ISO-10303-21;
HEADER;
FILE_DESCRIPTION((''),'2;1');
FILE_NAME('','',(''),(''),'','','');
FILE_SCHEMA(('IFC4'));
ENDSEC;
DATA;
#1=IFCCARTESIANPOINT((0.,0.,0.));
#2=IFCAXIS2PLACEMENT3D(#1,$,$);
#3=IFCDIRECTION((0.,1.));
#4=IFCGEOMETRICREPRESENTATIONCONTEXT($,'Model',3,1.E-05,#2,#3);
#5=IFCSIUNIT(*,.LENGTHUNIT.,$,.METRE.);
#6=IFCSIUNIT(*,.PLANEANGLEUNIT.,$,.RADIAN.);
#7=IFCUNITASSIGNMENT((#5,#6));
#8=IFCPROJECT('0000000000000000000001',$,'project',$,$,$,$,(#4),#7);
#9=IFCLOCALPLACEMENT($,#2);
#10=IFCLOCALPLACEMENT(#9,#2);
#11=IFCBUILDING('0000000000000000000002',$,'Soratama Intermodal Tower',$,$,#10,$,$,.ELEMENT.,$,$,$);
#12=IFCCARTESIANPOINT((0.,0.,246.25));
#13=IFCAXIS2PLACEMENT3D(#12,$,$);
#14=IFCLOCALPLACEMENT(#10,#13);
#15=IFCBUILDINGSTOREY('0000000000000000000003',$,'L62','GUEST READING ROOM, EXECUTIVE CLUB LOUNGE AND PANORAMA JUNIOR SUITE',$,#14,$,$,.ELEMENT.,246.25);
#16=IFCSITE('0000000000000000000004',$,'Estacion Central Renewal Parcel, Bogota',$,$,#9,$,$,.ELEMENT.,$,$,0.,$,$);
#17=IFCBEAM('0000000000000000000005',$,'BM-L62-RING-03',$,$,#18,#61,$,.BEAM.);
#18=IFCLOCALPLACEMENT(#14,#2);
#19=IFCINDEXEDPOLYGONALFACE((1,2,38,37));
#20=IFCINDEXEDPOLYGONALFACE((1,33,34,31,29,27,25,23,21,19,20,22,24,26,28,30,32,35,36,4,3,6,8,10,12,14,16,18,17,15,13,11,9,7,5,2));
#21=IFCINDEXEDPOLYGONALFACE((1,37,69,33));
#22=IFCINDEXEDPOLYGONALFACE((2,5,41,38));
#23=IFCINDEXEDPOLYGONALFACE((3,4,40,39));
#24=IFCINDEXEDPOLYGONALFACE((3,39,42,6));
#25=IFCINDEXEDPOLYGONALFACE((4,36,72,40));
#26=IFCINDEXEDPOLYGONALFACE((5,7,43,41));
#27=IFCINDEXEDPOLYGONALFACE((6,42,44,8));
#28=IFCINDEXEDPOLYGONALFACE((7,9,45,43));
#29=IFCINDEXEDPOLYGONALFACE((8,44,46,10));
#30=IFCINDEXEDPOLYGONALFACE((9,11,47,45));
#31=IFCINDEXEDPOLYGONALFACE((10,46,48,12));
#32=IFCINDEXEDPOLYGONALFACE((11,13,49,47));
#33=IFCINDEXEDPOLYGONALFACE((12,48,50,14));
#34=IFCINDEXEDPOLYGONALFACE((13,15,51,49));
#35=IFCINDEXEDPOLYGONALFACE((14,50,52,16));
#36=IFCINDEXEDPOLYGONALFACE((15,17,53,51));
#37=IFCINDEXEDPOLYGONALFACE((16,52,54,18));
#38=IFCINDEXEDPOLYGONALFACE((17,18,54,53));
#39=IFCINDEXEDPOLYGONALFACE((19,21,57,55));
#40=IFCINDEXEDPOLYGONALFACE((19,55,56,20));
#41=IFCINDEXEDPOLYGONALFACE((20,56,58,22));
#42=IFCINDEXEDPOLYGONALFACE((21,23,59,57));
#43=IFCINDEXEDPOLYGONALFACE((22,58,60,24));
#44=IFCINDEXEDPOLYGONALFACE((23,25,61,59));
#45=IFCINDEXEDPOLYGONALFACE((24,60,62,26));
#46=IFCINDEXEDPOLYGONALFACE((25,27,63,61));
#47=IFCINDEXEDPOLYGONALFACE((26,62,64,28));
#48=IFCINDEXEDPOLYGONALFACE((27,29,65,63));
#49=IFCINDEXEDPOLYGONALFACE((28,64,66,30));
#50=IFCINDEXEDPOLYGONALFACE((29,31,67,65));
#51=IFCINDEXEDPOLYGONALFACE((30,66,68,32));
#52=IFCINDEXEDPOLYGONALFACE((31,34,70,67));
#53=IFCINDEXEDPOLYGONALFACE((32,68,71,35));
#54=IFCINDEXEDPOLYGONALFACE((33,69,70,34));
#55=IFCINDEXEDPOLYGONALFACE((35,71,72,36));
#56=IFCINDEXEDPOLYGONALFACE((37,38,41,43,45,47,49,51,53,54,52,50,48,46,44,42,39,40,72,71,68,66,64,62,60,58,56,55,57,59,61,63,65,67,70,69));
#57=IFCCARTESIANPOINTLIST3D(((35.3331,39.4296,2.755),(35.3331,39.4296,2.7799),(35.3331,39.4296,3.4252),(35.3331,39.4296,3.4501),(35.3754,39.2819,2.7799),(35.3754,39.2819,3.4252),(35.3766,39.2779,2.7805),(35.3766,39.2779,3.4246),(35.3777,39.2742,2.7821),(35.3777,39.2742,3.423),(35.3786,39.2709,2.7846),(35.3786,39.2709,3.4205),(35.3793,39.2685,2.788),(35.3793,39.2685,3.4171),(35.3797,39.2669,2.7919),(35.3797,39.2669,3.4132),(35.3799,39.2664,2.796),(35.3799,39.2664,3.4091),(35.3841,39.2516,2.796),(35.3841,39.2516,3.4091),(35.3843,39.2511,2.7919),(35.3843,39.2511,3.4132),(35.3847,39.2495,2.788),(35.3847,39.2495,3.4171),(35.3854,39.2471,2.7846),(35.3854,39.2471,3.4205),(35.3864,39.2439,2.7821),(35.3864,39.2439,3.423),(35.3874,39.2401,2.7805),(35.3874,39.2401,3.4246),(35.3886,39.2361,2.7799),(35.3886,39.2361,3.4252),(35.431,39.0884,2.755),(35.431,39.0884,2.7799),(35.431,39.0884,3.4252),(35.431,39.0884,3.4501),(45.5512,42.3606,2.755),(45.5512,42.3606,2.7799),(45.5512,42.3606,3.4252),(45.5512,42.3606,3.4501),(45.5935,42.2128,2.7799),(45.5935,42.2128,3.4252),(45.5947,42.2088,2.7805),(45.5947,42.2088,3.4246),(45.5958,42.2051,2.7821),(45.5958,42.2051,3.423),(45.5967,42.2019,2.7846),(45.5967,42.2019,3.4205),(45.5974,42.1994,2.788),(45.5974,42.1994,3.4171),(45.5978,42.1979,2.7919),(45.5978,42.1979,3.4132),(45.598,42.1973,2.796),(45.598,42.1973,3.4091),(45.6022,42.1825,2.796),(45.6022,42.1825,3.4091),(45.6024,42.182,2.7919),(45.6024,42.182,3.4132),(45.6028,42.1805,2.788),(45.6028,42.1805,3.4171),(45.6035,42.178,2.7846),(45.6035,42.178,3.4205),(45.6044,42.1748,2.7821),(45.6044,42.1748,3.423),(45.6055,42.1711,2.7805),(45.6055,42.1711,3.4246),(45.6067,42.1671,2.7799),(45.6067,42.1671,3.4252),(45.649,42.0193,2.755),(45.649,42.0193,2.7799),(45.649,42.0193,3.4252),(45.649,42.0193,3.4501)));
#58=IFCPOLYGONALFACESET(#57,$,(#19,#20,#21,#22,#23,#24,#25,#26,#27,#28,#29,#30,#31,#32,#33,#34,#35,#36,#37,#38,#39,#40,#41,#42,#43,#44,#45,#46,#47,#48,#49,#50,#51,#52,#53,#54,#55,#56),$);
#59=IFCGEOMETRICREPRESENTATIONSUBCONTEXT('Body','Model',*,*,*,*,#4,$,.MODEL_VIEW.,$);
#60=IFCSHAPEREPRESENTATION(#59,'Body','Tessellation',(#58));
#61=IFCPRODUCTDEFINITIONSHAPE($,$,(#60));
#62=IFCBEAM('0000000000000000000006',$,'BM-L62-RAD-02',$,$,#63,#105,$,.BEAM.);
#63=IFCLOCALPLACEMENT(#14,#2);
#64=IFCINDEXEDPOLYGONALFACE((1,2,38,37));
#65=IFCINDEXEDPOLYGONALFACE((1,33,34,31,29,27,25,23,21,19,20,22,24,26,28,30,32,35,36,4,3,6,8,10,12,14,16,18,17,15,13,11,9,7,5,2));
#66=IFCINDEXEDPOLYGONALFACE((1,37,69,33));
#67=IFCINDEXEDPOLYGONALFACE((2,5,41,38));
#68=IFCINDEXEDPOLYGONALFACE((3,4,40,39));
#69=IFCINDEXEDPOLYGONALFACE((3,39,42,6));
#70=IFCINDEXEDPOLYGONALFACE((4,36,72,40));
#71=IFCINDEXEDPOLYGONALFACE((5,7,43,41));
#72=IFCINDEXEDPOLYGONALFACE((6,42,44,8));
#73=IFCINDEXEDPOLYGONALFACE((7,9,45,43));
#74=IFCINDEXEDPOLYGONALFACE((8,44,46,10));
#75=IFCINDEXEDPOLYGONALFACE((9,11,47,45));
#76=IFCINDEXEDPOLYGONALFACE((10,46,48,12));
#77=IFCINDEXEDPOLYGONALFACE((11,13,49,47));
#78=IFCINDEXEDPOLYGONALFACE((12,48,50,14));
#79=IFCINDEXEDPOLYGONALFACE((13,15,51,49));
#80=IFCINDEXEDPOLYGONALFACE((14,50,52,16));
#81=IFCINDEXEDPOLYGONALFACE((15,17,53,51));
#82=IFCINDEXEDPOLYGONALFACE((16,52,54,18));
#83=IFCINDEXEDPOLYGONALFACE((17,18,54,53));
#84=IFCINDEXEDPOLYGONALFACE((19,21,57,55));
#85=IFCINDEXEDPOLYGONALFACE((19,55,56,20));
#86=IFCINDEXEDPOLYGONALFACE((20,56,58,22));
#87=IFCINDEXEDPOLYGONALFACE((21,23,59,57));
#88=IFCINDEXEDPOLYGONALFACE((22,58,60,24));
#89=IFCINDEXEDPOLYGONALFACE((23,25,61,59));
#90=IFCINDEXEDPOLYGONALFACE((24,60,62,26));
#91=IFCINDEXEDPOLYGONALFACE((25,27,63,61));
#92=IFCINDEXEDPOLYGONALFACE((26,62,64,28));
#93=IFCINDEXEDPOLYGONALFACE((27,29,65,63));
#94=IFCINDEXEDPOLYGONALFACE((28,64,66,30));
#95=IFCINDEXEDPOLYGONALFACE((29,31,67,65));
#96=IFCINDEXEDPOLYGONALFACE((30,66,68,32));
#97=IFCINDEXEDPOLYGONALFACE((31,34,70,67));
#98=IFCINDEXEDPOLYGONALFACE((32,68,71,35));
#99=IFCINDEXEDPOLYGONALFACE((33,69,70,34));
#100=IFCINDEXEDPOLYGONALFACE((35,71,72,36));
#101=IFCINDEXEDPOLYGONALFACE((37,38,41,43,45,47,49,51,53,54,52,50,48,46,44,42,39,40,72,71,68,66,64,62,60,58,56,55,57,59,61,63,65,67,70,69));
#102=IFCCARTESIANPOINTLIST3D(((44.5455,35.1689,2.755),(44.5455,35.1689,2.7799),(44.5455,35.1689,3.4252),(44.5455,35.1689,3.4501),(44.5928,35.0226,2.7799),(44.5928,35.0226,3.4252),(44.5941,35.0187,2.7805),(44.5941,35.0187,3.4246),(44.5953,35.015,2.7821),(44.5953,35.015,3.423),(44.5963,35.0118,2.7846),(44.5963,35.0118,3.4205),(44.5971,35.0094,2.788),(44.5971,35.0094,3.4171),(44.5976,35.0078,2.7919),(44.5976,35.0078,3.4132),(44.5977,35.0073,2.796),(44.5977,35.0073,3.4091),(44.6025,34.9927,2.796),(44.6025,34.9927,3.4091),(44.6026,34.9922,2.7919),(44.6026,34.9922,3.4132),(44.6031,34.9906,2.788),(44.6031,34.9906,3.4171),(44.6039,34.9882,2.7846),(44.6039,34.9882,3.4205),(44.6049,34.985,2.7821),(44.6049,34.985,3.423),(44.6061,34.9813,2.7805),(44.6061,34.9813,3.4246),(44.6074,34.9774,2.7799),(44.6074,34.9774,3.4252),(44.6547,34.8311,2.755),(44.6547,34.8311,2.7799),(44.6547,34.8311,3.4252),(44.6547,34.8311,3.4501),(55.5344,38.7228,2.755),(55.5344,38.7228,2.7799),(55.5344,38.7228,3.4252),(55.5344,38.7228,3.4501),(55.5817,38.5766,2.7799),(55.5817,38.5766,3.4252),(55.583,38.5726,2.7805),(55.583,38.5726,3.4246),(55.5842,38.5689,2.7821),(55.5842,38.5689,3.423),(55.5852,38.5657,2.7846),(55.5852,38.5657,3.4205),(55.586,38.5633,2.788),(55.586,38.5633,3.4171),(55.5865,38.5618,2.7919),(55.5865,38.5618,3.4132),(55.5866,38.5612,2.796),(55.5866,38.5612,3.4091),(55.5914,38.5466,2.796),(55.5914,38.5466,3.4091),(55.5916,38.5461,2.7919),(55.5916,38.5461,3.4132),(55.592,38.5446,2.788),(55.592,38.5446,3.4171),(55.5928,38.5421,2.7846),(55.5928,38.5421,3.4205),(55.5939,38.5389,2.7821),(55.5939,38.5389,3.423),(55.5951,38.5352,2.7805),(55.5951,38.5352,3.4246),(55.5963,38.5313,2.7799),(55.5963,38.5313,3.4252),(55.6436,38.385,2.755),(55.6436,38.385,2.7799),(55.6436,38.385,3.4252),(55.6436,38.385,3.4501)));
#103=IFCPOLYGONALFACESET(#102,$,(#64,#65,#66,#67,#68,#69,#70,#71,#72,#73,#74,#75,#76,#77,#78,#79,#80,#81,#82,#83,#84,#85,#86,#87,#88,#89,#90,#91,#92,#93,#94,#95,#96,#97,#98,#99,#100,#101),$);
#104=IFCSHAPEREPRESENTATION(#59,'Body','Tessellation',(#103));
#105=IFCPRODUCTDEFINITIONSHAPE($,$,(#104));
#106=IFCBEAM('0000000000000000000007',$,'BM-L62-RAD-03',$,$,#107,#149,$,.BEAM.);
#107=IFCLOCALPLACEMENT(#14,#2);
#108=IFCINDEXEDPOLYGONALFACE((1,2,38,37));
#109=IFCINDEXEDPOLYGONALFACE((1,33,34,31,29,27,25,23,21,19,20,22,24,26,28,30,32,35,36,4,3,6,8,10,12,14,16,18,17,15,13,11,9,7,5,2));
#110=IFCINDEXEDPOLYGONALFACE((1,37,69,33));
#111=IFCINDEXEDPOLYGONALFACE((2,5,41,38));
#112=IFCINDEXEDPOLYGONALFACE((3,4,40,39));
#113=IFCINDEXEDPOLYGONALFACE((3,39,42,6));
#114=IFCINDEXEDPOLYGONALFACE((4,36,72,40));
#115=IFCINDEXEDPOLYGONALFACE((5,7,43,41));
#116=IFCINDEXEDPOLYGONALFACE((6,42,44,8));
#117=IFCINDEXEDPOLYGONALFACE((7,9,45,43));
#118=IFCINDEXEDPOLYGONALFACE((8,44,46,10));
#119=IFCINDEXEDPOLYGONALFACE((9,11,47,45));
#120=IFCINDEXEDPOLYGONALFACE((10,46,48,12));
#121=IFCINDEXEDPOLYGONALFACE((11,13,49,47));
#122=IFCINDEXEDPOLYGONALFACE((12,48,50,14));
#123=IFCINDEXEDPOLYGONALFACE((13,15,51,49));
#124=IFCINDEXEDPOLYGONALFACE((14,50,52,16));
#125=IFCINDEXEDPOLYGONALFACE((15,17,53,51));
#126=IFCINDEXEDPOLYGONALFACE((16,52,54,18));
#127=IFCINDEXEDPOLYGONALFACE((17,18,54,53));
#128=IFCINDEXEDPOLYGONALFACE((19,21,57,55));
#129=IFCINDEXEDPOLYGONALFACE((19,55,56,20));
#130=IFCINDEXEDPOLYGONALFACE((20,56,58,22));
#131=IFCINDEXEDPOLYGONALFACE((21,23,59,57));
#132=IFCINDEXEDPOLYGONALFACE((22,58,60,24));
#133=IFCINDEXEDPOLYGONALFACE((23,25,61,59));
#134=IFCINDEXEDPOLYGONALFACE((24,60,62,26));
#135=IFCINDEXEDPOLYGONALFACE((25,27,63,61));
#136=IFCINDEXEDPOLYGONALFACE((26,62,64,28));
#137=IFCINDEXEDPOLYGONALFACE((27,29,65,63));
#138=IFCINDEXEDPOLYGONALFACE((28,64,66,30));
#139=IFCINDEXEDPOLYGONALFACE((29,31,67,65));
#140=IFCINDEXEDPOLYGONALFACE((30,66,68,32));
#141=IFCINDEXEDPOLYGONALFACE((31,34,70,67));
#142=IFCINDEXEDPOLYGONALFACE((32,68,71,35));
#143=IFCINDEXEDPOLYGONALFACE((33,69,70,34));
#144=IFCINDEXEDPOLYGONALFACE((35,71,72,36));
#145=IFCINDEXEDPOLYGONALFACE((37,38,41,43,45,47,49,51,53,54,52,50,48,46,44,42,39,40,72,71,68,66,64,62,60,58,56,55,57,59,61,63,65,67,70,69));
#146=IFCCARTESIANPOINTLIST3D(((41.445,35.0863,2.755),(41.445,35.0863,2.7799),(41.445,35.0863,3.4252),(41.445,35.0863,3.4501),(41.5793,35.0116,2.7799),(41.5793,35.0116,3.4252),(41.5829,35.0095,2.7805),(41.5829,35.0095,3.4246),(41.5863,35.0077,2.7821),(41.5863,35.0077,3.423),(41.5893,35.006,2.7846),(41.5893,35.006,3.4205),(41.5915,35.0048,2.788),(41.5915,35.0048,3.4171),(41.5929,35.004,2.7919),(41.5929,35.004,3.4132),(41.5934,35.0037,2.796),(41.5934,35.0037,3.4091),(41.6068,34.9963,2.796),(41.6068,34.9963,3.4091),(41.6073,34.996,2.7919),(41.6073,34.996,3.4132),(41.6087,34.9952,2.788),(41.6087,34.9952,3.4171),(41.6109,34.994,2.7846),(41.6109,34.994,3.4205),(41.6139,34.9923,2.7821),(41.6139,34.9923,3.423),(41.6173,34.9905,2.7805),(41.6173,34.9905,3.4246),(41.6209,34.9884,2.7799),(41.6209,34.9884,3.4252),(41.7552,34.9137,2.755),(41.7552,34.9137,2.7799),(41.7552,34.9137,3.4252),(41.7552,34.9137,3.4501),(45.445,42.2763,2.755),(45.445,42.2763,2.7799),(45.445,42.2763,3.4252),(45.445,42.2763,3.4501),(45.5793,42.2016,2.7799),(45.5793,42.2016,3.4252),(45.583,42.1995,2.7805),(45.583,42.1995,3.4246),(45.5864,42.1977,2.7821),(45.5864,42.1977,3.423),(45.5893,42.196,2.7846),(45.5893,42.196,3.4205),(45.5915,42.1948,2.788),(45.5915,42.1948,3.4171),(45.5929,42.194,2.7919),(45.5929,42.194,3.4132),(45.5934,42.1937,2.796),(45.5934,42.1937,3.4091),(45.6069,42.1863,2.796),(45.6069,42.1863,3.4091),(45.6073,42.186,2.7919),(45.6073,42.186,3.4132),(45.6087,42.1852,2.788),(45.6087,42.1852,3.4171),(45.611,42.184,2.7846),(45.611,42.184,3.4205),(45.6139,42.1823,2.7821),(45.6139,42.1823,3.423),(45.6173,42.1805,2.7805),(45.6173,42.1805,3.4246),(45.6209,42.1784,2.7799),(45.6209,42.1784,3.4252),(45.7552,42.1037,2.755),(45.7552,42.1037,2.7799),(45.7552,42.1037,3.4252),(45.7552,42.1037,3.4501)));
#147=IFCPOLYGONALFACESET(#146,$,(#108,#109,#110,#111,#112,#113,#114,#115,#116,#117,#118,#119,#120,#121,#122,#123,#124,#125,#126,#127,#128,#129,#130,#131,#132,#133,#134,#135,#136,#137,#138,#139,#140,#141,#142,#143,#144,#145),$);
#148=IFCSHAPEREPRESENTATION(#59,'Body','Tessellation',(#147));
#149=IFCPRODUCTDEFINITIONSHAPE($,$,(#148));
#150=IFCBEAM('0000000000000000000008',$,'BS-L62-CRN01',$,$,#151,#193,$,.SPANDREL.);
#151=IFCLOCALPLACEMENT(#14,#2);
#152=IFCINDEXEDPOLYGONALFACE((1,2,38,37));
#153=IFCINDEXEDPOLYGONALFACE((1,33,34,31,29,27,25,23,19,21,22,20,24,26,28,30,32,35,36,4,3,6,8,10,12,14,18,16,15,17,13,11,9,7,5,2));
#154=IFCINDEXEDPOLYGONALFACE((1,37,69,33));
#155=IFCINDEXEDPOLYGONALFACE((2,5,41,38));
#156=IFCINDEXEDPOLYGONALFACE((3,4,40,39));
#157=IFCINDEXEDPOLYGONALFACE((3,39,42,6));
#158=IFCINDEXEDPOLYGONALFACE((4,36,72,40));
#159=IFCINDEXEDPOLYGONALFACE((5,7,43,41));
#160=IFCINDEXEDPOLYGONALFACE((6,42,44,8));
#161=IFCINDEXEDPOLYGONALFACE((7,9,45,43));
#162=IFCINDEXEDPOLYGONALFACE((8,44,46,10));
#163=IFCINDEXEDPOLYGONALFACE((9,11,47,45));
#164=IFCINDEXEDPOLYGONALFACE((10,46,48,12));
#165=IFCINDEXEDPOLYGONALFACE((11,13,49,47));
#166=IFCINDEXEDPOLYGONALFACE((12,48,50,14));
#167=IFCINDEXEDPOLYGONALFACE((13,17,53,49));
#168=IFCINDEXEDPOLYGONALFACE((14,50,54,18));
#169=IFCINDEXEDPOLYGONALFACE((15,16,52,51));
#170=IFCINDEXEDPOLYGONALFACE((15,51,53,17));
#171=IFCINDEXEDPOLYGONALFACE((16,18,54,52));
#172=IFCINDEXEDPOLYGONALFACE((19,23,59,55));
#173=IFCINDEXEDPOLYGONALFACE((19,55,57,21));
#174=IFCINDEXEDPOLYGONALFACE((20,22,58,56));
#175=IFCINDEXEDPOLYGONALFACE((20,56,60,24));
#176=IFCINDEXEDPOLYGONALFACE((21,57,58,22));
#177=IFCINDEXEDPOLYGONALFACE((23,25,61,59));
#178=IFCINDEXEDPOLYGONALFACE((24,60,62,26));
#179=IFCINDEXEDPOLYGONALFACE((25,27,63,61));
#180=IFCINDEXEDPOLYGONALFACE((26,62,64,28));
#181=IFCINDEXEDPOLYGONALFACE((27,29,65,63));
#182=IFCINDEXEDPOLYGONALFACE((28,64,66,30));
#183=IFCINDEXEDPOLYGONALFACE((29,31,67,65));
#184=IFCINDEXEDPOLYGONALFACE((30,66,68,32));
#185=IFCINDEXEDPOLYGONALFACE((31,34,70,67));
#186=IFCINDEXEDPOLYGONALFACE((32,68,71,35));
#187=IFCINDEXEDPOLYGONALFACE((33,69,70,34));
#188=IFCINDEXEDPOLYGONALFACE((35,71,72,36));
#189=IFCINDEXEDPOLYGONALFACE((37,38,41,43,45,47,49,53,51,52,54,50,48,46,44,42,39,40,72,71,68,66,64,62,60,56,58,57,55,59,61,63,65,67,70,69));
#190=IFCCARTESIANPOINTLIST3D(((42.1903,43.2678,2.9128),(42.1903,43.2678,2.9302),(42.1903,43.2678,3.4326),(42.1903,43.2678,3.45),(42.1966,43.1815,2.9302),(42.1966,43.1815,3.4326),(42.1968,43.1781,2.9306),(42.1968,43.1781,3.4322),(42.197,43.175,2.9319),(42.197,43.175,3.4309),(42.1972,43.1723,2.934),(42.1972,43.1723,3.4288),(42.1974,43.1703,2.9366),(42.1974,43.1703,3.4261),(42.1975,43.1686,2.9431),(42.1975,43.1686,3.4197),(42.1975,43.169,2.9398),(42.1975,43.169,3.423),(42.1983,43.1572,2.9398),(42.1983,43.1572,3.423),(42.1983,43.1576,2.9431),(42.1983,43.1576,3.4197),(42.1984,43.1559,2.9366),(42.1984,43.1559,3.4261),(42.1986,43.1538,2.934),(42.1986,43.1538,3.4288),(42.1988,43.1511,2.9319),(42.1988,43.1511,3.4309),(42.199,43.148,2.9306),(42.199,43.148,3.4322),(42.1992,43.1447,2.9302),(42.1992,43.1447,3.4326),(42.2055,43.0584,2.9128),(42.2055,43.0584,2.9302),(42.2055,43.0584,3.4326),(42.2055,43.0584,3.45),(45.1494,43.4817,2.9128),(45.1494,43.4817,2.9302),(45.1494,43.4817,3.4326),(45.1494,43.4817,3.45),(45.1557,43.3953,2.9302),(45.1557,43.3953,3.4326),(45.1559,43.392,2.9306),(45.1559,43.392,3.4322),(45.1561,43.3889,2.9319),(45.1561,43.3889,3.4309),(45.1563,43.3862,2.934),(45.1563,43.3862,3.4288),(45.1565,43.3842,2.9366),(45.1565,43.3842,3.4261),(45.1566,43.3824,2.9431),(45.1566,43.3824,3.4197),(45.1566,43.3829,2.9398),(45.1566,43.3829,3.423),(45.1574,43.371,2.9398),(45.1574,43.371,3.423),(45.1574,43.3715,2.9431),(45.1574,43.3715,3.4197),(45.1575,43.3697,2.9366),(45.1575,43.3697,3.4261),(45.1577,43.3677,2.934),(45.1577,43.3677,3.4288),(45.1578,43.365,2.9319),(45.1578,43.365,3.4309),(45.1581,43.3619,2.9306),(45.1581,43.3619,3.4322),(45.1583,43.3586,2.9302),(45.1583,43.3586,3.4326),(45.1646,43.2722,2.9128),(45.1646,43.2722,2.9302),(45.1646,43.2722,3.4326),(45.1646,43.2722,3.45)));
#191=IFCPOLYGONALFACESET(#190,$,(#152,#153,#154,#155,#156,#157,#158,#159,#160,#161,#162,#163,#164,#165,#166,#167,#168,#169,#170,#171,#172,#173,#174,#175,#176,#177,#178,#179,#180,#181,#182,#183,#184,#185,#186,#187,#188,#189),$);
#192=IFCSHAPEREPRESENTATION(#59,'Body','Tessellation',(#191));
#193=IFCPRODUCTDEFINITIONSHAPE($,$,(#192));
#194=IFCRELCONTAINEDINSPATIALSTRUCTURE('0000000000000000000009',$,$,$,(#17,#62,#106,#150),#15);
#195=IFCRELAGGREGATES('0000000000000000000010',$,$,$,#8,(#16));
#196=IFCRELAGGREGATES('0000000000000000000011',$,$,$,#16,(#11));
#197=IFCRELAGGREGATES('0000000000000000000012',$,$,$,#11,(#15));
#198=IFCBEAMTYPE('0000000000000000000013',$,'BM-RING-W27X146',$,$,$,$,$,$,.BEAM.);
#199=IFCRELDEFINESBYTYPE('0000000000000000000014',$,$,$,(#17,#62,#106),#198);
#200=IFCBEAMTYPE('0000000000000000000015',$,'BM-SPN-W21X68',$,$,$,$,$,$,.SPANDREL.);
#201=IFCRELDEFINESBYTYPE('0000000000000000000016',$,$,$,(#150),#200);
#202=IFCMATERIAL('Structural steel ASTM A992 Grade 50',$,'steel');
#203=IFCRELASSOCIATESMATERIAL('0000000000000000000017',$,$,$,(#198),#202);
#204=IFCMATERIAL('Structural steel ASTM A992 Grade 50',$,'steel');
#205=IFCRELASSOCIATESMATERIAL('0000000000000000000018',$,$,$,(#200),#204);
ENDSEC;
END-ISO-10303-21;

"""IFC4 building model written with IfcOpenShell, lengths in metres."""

from ifc_helpers import new_model, si_unit, direction, frame, origin, origin_2d, place, context, subcontext, project, spatial, i_section, extrude, material, material_profile, profile_set, type_object, element, save


model = new_model("IFC4")

# Units and contexts
model_context = context("Model", 3, precision=1e-05, world=origin(), true_north=direction((0.0, 1.0)))
body_context = subcontext(model_context, "Body", "Model", "MODEL_VIEW")
ifc_project = project(units=[si_unit("LENGTHUNIT", "METRE"), si_unit("PLANEANGLEUNIT", "RADIAN")], contexts=[model_context])

# Site, building, storey
site_placement = place(None, origin())
site = spatial("IfcSite", under=ifc_project, at=site_placement, Name="Estacion Central Renewal Parcel, Bogota", CompositionType="ELEMENT", RefElevation=0.0)
building_placement = place(site_placement, origin())
building = spatial("IfcBuilding", under=site, at=building_placement, Name="Soratama Intermodal Tower", CompositionType="ELEMENT")
storey_placement = place(building_placement, frame((0.0, 0.0, 246.25)))
storey = spatial("IfcBuildingStorey", under=building, at=storey_placement, Name="L62", Description="GUEST READING ROOM, EXECUTIVE CLUB LOUNGE AND PANORAMA JUNIOR SUITE", CompositionType="ELEMENT", Elevation=246.25)

# Beams
ifc_material_1 = material(Name="Structural steel ASTM A992 Grade 50", Category="steel")
ifc_material_profile_1 = material_profile(ifc_material_1, i_section(OverallWidth=0.355, OverallDepth=0.6951, WebThickness=0.0154, FlangeThickness=0.0249, FilletRadius=0.0161, at=origin_2d()), Name="W27X146")
ifc_profile_set_1 = profile_set([ifc_material_profile_1], Name="Structural steel ASTM A992 Grade 50")
beam_type_1 = type_object("IfcBeamType", Name="BM-RING-W27X146", PredefinedType="BEAM", material=ifc_profile_set_1)
beam_1_placement = place(storey_placement, frame((45.6001, 42.1899, 3.1025), z_axis=(-0.961238, -0.275719, 0.0), x_axis=(0.275719, -0.961238, 0.0)))
element("IfcBeam", 1, at=beam_1_placement, inside=storey, type_object=beam_type_1, Name="BM-L62-RING-03", PredefinedType="BEAM", context=body_context, shape_type="SweptSolid", body=[
    extrude(i_section(OverallWidth=0.355, OverallDepth=0.6951, WebThickness=0.0154, FlangeThickness=0.0249, FilletRadius=0.0161, at=origin_2d()), origin(), (0.0, 0.0, 1.0), 10.6301),
])
beam_2_placement = place(storey_placement, frame((44.6001, 35.0, 3.1025), z_axis=(0.951478, 0.307717, 0.0), x_axis=(-0.307717, 0.951478, 0.0)))
element("IfcBeam", 2, at=beam_2_placement, inside=storey, type_object=beam_type_1, Name="BM-L62-RAD-02", PredefinedType="BEAM", context=body_context, shape_type="SweptSolid", body=[
    extrude(i_section(OverallWidth=0.355, OverallDepth=0.6951, WebThickness=0.0154, FlangeThickness=0.0249, FilletRadius=0.0161, at=origin_2d()), origin(), (0.0, 0.0, 1.0), 11.5493),
])
beam_3_placement = place(storey_placement, frame((41.6001, 35.0, 3.1025), z_axis=(0.486162, 0.873869, 0.0), x_axis=(-0.873869, 0.486162, 0.0)))
element("IfcBeam", 3, at=beam_3_placement, inside=storey, type_object=beam_type_1, Name="BM-L62-RAD-03", PredefinedType="BEAM", context=body_context, shape_type="SweptSolid", body=[
    extrude(i_section(OverallWidth=0.355, OverallDepth=0.6951, WebThickness=0.0154, FlangeThickness=0.0249, FilletRadius=0.0161, at=origin_2d()), origin(), (0.0, 0.0, 1.0), 8.2278),
])
ifc_material_2 = material(Name="Structural steel ASTM A992 Grade 50", Category="steel")
ifc_material_profile_2 = material_profile(ifc_material_2, i_section(OverallWidth=0.21, OverallDepth=0.5371, WebThickness=0.011, FlangeThickness=0.0173, FilletRadius=0.0129, at=origin_2d()), Name="W21X68")
ifc_profile_set_2 = profile_set([ifc_material_profile_2], Name="Structural steel ASTM A992 Grade 50")
beam_type_2 = type_object("IfcBeamType", Name="BM-SPN-W21X68", PredefinedType="SPANDREL", material=ifc_profile_set_2)
beam_4_placement = place(storey_placement, frame((45.157, 43.377, 3.1814), z_axis=(-0.997398, -0.072089, 0.0), x_axis=(0.072089, -0.997398, 0.0)))
element("IfcBeam", 4, at=beam_4_placement, inside=storey, type_object=beam_type_2, Name="BS-L62-CRN01", PredefinedType="SPANDREL", context=body_context, shape_type="SweptSolid", body=[
    extrude(i_section(OverallWidth=0.21, OverallDepth=0.5371, WebThickness=0.011, FlangeThickness=0.0173, FilletRadius=0.0129, at=origin_2d()), origin(), (0.0, 0.0, 1.0), 2.9668),
])

save(model, "model.ifc")
